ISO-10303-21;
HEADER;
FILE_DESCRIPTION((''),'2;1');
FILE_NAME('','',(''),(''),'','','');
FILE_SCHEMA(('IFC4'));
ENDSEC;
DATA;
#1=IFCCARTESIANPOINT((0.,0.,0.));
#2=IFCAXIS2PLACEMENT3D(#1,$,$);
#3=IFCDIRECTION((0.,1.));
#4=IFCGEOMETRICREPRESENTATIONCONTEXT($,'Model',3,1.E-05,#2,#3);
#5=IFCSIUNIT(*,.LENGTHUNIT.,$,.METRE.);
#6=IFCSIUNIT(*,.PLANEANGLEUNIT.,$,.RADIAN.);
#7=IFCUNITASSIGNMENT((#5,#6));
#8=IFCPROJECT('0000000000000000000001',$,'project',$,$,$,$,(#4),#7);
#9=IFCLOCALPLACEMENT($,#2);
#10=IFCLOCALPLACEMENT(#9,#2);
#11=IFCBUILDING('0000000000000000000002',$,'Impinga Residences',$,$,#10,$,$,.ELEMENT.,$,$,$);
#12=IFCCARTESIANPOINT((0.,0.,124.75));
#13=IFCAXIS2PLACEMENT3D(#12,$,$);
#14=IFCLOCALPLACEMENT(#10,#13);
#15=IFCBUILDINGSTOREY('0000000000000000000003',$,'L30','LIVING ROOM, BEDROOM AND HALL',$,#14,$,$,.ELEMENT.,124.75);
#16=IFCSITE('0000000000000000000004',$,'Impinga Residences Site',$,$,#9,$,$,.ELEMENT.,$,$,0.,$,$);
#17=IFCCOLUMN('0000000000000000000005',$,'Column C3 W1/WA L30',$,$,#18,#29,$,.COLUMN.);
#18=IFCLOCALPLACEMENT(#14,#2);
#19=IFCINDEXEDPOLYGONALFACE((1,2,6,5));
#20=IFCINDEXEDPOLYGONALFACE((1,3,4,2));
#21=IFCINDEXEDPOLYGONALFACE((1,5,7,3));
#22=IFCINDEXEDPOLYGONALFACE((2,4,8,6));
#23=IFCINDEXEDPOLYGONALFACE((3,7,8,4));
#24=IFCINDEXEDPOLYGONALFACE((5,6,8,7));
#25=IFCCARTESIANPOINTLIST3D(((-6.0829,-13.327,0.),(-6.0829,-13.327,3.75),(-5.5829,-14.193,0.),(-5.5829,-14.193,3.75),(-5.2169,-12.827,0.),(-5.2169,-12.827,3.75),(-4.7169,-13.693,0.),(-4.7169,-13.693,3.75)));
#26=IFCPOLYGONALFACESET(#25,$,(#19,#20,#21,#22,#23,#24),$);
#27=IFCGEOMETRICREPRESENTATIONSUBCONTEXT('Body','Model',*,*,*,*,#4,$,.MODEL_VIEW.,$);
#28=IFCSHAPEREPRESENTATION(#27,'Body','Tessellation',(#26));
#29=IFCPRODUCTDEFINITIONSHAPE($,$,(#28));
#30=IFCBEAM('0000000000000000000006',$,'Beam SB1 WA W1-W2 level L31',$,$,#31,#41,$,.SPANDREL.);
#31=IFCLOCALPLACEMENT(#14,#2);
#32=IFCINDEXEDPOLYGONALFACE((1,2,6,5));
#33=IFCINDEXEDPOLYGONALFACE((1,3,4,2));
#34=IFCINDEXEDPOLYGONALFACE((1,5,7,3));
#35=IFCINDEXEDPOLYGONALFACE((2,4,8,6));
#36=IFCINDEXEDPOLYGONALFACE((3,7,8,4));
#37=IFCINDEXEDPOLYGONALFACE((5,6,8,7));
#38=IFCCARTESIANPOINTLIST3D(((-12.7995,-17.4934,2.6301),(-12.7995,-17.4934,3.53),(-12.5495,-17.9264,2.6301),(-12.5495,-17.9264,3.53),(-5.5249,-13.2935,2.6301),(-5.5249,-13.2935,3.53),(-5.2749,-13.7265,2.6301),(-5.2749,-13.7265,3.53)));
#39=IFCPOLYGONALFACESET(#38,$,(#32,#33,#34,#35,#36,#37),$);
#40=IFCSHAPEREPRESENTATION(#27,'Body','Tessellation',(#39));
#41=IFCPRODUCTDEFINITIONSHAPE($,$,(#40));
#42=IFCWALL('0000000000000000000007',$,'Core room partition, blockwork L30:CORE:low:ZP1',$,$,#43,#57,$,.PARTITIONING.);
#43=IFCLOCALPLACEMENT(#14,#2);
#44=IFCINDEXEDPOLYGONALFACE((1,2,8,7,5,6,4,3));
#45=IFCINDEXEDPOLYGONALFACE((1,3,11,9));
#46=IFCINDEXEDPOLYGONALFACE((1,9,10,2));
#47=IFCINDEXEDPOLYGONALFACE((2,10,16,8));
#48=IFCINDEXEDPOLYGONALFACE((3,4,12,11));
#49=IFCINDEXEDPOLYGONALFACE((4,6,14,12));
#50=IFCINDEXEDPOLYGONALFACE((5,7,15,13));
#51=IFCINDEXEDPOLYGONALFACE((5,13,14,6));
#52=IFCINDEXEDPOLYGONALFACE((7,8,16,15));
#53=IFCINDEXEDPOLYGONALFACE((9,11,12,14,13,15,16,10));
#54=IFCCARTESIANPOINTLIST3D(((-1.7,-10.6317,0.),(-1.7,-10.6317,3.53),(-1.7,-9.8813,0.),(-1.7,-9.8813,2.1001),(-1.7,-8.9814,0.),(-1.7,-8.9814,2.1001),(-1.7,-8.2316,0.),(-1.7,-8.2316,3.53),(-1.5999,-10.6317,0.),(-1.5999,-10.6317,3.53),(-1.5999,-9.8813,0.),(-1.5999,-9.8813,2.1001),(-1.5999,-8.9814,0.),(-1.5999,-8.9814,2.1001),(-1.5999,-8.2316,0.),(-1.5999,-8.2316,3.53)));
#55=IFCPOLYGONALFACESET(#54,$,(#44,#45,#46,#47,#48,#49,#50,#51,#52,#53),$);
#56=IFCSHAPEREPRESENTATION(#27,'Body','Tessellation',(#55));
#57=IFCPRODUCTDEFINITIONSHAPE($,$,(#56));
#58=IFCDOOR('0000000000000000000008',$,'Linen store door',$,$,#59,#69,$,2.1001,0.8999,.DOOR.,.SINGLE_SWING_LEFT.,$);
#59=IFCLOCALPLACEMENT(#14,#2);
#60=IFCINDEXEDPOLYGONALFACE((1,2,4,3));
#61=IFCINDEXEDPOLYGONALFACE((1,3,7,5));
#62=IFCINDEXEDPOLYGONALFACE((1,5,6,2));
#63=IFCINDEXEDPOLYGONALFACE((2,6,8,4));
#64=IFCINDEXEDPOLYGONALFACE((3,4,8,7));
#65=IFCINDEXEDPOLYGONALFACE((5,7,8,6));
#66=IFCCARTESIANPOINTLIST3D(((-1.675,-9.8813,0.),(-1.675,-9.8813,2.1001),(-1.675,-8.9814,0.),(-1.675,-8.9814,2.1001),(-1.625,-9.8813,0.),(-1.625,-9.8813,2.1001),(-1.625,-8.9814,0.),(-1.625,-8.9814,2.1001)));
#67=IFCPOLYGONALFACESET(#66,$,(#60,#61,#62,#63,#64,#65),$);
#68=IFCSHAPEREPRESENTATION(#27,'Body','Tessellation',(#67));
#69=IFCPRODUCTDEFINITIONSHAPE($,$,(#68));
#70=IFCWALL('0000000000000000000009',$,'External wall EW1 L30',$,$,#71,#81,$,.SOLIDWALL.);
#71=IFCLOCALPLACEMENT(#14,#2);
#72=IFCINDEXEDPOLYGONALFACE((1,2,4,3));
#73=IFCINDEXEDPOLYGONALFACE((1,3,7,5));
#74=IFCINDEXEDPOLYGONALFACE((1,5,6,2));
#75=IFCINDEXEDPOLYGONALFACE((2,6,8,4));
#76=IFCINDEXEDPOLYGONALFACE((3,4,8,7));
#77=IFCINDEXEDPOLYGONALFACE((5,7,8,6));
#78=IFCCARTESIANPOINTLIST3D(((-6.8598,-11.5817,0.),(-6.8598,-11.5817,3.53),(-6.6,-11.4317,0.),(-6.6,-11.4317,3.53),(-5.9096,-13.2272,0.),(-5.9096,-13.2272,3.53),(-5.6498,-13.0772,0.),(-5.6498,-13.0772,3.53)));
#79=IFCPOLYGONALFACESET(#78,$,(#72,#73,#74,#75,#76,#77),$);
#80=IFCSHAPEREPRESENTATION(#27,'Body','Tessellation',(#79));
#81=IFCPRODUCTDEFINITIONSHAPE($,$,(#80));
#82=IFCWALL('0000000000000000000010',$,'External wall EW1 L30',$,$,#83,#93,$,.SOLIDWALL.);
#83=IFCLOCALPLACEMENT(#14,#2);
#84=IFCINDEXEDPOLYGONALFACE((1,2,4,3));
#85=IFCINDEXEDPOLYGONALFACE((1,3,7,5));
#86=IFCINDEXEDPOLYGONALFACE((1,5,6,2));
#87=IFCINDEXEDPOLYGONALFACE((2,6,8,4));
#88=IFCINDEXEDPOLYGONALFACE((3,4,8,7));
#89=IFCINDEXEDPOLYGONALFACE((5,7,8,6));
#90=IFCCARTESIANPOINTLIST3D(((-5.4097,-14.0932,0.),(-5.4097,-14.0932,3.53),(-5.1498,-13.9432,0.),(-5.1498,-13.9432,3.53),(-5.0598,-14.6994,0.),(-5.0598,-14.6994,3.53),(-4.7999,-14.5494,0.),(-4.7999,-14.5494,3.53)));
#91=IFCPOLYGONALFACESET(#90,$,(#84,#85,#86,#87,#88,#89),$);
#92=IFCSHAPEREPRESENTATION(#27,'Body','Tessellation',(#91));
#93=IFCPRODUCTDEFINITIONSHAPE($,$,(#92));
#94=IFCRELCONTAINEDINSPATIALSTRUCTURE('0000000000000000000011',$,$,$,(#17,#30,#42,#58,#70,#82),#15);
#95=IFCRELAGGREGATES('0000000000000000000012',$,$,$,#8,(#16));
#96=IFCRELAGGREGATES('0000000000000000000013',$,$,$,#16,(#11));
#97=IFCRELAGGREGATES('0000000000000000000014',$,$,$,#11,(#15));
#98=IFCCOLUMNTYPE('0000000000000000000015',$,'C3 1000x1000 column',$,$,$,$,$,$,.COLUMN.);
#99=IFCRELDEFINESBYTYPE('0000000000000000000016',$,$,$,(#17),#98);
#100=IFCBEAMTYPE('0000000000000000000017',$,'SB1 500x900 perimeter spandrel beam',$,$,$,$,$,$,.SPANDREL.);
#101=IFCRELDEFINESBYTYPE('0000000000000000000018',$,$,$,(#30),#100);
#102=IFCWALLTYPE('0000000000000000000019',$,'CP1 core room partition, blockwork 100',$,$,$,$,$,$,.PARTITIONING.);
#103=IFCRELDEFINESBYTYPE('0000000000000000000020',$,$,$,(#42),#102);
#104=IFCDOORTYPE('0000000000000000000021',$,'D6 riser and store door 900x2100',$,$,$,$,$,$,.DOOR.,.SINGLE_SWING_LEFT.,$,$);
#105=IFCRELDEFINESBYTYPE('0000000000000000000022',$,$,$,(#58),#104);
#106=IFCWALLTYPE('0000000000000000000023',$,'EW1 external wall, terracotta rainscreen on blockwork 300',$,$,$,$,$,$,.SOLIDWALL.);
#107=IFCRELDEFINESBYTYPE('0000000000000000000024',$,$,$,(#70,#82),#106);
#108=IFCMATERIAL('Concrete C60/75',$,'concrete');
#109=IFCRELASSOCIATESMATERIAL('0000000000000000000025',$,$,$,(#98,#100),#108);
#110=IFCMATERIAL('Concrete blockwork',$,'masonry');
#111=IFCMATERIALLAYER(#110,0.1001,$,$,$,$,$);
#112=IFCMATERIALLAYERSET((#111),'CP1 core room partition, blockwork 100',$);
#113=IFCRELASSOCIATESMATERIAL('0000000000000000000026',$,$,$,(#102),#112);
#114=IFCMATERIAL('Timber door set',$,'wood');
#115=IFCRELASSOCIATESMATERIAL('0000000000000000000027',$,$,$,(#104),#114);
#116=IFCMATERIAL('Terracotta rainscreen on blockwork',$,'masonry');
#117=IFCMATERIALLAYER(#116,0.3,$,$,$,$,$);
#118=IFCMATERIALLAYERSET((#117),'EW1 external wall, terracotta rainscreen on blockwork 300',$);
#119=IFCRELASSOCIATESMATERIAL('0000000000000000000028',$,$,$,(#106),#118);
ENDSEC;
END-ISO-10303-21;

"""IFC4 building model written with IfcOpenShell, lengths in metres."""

from ifc_helpers import new_model, si_unit, direction, frame, frame_2d, origin, origin_2d, place, context, subcontext, project, spatial, rectangle, extrude, material, layer, layer_set, material_profile, profile_set, type_object, element, fill, save


model = new_model("IFC4")

# Units and contexts
model_context = context("Model", 3, precision=1e-05, world=origin(), true_north=direction((0.0, 1.0)))
body_context = subcontext(model_context, "Body", "Model", "MODEL_VIEW")
ifc_project = project(units=[si_unit("LENGTHUNIT", "METRE"), si_unit("PLANEANGLEUNIT", "RADIAN")], contexts=[model_context])

# Site, building, storey
site_placement = place(None, origin())
site = spatial("IfcSite", under=ifc_project, at=site_placement, Name="Impinga Residences Site", CompositionType="ELEMENT", RefElevation=0.0)
building_placement = place(site_placement, origin())
building = spatial("IfcBuilding", under=site, at=building_placement, Name="Impinga Residences", CompositionType="ELEMENT")
storey_placement = place(building_placement, frame((0.0, 0.0, 124.75)))
storey = spatial("IfcBuildingStorey", under=building, at=storey_placement, Name="L30", Description="LIVING ROOM, BEDROOM AND HALL", CompositionType="ELEMENT", Elevation=124.75)

# Column
ifc_material_1 = material(Name="Concrete C60/75", Category="concrete")
ifc_material_profile_1 = material_profile(ifc_material_1, rectangle(XDim=1.0, YDim=1.0, at=origin_2d()), Name="RC 1000x1000")
ifc_profile_set_1 = profile_set([ifc_material_profile_1], Name="Concrete C60/75")
column_type = type_object("IfcColumnType", Name="C3 1000x1000 column", PredefinedType="COLUMN", material=ifc_profile_set_1)
column_placement = place(storey_placement, frame((-5.3999, -13.51, 0.0), z_axis=(0.0, 0.0, 1.0), x_axis=(-0.5, 0.866025, 0.0)))
element("IfcColumn", 1, at=column_placement, inside=storey, type_object=column_type, Name="Column C3 W1/WA L30", PredefinedType="COLUMN", context=body_context, shape_type="SweptSolid", body=[
    extrude(rectangle(XDim=1.0, YDim=1.0, at=origin_2d()), origin(), (0.0, 0.0, 1.0), 3.75),
])

# Beam
ifc_material_profile_2 = material_profile(ifc_material_1, rectangle(XDim=0.5, YDim=0.8999, at=origin_2d()), Name="RC 500x900")
ifc_profile_set_2 = profile_set([ifc_material_profile_2], Name="Concrete C60/75")
beam_type = type_object("IfcBeamType", Name="SB1 500x900 perimeter spandrel beam", PredefinedType="SPANDREL", material=ifc_profile_set_2)
beam_placement = place(storey_placement, frame((-5.3999, -13.51, 3.0801), z_axis=(-0.866029, -0.499993, 0.0), x_axis=(0.499993, -0.866029, 0.0)))
element("IfcBeam", 2, at=beam_placement, inside=storey, type_object=beam_type, Name="Beam SB1 WA W1-W2 level L31", PredefinedType="SPANDREL", context=body_context, shape_type="SweptSolid", body=[
    extrude(rectangle(XDim=0.5, YDim=0.8999, at=origin_2d()), origin(), (0.0, 0.0, 1.0), 8.3999),
])

# Wall, opening, door
ifc_material_2 = material(Name="Concrete blockwork", Category="masonry")
ifc_layer_1 = layer(ifc_material_2, 0.1001)
ifc_layer_set_1 = layer_set([ifc_layer_1], Name="CP1 core room partition, blockwork 100")
wall_type_1 = type_object("IfcWallType", Name="CP1 core room partition, blockwork 100", PredefinedType="PARTITIONING", material=ifc_layer_set_1)
wall_1_placement = place(storey_placement, frame((-1.6499, -8.2314, 0.0), z_axis=(0.0, 0.0, 1.0), x_axis=(0.0, -1.0, 0.0)))
wall_1 = element("IfcWall", 3, at=wall_1_placement, inside=storey, type_object=wall_type_1, Name="Core room partition, blockwork L30:CORE:low:ZP1", PredefinedType="PARTITIONING", context=body_context, shape_type="SweptSolid", body=[
    extrude(rectangle(XDim=2.4001, YDim=0.1001, at=frame_2d((1.2002, 0.0))), origin(), (0.0, 0.0, 1.0), 3.53),
])
opening_1_placement = place(wall_1_placement, frame((0.75, 0.0, 0.0)))
opening_1 = element("IfcOpeningElement", 4, at=opening_1_placement, cuts=wall_1, PredefinedType="OPENING", context=body_context, shape_type="SweptSolid", body=[
    extrude(rectangle(XDim=0.8999, YDim=2.1001, at=frame_2d((0.45, 1.05))), frame((0.0, 0.0601, 0.0), z_axis=(0.0, -1.0, 0.0), x_axis=(1.0, 0.0, 0.0)), (0.0, 0.0, 1.0), 0.1201),
])
ifc_material_3 = material(Name="Timber door set", Category="wood")
door_type_1 = type_object("IfcDoorType", Name="D6 riser and store door 900x2100", OperationType="SINGLE_SWING_LEFT", PredefinedType="DOOR", material=ifc_material_3)
door_1_placement = place(opening_1_placement, origin())
door_1 = element("IfcDoor", 5, at=door_1_placement, inside=storey, type_object=door_type_1, Name="Linen store door", OperationType="SINGLE_SWING_LEFT", OverallHeight=2.1001, OverallWidth=0.8999, PredefinedType="DOOR", context=body_context, shape_type="SweptSolid", body=[
    extrude(rectangle(XDim=0.8999, YDim=2.1001, at=frame_2d((0.45, 1.05))), frame((0.0, 0.0249, 0.0), z_axis=(0.0, -1.0, 0.0), x_axis=(1.0, 0.0, 0.0)), (0.0, 0.0, 1.0), 0.05),
])
fill(opening_1, door_1)

# Walls
ifc_material_4 = material(Name="Terracotta rainscreen on blockwork", Category="masonry")
ifc_layer_2 = layer(ifc_material_4, 0.3)
ifc_layer_set_2 = layer_set([ifc_layer_2], Name="EW1 external wall, terracotta rainscreen on blockwork 300")
wall_type_2 = type_object("IfcWallType", Name="EW1 external wall, terracotta rainscreen on blockwork 300", PredefinedType="SOLIDWALL", material=ifc_layer_set_2)
wall_2_placement = place(storey_placement, frame((-6.73, -11.5066, 0.0), z_axis=(0.0, 0.0, 1.0), x_axis=(0.500064, -0.865989, 0.0)))
element("IfcWall", 6, at=wall_2_placement, inside=storey, type_object=wall_type_2, Name="External wall EW1 L30", PredefinedType="SOLIDWALL", context=body_context, shape_type="SweptSolid", body=[
    extrude(rectangle(XDim=1.9001, YDim=0.3, at=frame_2d((0.9502, 0.0))), origin(), (0.0, 0.0, 1.0), 3.53),
])
wall_3_placement = place(storey_placement, frame((-5.2798, -14.0181, 0.0), z_axis=(0.0, 0.0, 1.0), x_axis=(0.499853, -0.86611, 0.0)))
element("IfcWall", 7, at=wall_3_placement, inside=storey, type_object=wall_type_2, Name="External wall EW1 L30", PredefinedType="SOLIDWALL", context=body_context, shape_type="SweptSolid", body=[
    extrude(rectangle(XDim=0.7, YDim=0.3, at=frame_2d((0.3501, 0.0))), origin(), (0.0, 0.0, 1.0), 3.53),
])

save(model, "model.ifc")
